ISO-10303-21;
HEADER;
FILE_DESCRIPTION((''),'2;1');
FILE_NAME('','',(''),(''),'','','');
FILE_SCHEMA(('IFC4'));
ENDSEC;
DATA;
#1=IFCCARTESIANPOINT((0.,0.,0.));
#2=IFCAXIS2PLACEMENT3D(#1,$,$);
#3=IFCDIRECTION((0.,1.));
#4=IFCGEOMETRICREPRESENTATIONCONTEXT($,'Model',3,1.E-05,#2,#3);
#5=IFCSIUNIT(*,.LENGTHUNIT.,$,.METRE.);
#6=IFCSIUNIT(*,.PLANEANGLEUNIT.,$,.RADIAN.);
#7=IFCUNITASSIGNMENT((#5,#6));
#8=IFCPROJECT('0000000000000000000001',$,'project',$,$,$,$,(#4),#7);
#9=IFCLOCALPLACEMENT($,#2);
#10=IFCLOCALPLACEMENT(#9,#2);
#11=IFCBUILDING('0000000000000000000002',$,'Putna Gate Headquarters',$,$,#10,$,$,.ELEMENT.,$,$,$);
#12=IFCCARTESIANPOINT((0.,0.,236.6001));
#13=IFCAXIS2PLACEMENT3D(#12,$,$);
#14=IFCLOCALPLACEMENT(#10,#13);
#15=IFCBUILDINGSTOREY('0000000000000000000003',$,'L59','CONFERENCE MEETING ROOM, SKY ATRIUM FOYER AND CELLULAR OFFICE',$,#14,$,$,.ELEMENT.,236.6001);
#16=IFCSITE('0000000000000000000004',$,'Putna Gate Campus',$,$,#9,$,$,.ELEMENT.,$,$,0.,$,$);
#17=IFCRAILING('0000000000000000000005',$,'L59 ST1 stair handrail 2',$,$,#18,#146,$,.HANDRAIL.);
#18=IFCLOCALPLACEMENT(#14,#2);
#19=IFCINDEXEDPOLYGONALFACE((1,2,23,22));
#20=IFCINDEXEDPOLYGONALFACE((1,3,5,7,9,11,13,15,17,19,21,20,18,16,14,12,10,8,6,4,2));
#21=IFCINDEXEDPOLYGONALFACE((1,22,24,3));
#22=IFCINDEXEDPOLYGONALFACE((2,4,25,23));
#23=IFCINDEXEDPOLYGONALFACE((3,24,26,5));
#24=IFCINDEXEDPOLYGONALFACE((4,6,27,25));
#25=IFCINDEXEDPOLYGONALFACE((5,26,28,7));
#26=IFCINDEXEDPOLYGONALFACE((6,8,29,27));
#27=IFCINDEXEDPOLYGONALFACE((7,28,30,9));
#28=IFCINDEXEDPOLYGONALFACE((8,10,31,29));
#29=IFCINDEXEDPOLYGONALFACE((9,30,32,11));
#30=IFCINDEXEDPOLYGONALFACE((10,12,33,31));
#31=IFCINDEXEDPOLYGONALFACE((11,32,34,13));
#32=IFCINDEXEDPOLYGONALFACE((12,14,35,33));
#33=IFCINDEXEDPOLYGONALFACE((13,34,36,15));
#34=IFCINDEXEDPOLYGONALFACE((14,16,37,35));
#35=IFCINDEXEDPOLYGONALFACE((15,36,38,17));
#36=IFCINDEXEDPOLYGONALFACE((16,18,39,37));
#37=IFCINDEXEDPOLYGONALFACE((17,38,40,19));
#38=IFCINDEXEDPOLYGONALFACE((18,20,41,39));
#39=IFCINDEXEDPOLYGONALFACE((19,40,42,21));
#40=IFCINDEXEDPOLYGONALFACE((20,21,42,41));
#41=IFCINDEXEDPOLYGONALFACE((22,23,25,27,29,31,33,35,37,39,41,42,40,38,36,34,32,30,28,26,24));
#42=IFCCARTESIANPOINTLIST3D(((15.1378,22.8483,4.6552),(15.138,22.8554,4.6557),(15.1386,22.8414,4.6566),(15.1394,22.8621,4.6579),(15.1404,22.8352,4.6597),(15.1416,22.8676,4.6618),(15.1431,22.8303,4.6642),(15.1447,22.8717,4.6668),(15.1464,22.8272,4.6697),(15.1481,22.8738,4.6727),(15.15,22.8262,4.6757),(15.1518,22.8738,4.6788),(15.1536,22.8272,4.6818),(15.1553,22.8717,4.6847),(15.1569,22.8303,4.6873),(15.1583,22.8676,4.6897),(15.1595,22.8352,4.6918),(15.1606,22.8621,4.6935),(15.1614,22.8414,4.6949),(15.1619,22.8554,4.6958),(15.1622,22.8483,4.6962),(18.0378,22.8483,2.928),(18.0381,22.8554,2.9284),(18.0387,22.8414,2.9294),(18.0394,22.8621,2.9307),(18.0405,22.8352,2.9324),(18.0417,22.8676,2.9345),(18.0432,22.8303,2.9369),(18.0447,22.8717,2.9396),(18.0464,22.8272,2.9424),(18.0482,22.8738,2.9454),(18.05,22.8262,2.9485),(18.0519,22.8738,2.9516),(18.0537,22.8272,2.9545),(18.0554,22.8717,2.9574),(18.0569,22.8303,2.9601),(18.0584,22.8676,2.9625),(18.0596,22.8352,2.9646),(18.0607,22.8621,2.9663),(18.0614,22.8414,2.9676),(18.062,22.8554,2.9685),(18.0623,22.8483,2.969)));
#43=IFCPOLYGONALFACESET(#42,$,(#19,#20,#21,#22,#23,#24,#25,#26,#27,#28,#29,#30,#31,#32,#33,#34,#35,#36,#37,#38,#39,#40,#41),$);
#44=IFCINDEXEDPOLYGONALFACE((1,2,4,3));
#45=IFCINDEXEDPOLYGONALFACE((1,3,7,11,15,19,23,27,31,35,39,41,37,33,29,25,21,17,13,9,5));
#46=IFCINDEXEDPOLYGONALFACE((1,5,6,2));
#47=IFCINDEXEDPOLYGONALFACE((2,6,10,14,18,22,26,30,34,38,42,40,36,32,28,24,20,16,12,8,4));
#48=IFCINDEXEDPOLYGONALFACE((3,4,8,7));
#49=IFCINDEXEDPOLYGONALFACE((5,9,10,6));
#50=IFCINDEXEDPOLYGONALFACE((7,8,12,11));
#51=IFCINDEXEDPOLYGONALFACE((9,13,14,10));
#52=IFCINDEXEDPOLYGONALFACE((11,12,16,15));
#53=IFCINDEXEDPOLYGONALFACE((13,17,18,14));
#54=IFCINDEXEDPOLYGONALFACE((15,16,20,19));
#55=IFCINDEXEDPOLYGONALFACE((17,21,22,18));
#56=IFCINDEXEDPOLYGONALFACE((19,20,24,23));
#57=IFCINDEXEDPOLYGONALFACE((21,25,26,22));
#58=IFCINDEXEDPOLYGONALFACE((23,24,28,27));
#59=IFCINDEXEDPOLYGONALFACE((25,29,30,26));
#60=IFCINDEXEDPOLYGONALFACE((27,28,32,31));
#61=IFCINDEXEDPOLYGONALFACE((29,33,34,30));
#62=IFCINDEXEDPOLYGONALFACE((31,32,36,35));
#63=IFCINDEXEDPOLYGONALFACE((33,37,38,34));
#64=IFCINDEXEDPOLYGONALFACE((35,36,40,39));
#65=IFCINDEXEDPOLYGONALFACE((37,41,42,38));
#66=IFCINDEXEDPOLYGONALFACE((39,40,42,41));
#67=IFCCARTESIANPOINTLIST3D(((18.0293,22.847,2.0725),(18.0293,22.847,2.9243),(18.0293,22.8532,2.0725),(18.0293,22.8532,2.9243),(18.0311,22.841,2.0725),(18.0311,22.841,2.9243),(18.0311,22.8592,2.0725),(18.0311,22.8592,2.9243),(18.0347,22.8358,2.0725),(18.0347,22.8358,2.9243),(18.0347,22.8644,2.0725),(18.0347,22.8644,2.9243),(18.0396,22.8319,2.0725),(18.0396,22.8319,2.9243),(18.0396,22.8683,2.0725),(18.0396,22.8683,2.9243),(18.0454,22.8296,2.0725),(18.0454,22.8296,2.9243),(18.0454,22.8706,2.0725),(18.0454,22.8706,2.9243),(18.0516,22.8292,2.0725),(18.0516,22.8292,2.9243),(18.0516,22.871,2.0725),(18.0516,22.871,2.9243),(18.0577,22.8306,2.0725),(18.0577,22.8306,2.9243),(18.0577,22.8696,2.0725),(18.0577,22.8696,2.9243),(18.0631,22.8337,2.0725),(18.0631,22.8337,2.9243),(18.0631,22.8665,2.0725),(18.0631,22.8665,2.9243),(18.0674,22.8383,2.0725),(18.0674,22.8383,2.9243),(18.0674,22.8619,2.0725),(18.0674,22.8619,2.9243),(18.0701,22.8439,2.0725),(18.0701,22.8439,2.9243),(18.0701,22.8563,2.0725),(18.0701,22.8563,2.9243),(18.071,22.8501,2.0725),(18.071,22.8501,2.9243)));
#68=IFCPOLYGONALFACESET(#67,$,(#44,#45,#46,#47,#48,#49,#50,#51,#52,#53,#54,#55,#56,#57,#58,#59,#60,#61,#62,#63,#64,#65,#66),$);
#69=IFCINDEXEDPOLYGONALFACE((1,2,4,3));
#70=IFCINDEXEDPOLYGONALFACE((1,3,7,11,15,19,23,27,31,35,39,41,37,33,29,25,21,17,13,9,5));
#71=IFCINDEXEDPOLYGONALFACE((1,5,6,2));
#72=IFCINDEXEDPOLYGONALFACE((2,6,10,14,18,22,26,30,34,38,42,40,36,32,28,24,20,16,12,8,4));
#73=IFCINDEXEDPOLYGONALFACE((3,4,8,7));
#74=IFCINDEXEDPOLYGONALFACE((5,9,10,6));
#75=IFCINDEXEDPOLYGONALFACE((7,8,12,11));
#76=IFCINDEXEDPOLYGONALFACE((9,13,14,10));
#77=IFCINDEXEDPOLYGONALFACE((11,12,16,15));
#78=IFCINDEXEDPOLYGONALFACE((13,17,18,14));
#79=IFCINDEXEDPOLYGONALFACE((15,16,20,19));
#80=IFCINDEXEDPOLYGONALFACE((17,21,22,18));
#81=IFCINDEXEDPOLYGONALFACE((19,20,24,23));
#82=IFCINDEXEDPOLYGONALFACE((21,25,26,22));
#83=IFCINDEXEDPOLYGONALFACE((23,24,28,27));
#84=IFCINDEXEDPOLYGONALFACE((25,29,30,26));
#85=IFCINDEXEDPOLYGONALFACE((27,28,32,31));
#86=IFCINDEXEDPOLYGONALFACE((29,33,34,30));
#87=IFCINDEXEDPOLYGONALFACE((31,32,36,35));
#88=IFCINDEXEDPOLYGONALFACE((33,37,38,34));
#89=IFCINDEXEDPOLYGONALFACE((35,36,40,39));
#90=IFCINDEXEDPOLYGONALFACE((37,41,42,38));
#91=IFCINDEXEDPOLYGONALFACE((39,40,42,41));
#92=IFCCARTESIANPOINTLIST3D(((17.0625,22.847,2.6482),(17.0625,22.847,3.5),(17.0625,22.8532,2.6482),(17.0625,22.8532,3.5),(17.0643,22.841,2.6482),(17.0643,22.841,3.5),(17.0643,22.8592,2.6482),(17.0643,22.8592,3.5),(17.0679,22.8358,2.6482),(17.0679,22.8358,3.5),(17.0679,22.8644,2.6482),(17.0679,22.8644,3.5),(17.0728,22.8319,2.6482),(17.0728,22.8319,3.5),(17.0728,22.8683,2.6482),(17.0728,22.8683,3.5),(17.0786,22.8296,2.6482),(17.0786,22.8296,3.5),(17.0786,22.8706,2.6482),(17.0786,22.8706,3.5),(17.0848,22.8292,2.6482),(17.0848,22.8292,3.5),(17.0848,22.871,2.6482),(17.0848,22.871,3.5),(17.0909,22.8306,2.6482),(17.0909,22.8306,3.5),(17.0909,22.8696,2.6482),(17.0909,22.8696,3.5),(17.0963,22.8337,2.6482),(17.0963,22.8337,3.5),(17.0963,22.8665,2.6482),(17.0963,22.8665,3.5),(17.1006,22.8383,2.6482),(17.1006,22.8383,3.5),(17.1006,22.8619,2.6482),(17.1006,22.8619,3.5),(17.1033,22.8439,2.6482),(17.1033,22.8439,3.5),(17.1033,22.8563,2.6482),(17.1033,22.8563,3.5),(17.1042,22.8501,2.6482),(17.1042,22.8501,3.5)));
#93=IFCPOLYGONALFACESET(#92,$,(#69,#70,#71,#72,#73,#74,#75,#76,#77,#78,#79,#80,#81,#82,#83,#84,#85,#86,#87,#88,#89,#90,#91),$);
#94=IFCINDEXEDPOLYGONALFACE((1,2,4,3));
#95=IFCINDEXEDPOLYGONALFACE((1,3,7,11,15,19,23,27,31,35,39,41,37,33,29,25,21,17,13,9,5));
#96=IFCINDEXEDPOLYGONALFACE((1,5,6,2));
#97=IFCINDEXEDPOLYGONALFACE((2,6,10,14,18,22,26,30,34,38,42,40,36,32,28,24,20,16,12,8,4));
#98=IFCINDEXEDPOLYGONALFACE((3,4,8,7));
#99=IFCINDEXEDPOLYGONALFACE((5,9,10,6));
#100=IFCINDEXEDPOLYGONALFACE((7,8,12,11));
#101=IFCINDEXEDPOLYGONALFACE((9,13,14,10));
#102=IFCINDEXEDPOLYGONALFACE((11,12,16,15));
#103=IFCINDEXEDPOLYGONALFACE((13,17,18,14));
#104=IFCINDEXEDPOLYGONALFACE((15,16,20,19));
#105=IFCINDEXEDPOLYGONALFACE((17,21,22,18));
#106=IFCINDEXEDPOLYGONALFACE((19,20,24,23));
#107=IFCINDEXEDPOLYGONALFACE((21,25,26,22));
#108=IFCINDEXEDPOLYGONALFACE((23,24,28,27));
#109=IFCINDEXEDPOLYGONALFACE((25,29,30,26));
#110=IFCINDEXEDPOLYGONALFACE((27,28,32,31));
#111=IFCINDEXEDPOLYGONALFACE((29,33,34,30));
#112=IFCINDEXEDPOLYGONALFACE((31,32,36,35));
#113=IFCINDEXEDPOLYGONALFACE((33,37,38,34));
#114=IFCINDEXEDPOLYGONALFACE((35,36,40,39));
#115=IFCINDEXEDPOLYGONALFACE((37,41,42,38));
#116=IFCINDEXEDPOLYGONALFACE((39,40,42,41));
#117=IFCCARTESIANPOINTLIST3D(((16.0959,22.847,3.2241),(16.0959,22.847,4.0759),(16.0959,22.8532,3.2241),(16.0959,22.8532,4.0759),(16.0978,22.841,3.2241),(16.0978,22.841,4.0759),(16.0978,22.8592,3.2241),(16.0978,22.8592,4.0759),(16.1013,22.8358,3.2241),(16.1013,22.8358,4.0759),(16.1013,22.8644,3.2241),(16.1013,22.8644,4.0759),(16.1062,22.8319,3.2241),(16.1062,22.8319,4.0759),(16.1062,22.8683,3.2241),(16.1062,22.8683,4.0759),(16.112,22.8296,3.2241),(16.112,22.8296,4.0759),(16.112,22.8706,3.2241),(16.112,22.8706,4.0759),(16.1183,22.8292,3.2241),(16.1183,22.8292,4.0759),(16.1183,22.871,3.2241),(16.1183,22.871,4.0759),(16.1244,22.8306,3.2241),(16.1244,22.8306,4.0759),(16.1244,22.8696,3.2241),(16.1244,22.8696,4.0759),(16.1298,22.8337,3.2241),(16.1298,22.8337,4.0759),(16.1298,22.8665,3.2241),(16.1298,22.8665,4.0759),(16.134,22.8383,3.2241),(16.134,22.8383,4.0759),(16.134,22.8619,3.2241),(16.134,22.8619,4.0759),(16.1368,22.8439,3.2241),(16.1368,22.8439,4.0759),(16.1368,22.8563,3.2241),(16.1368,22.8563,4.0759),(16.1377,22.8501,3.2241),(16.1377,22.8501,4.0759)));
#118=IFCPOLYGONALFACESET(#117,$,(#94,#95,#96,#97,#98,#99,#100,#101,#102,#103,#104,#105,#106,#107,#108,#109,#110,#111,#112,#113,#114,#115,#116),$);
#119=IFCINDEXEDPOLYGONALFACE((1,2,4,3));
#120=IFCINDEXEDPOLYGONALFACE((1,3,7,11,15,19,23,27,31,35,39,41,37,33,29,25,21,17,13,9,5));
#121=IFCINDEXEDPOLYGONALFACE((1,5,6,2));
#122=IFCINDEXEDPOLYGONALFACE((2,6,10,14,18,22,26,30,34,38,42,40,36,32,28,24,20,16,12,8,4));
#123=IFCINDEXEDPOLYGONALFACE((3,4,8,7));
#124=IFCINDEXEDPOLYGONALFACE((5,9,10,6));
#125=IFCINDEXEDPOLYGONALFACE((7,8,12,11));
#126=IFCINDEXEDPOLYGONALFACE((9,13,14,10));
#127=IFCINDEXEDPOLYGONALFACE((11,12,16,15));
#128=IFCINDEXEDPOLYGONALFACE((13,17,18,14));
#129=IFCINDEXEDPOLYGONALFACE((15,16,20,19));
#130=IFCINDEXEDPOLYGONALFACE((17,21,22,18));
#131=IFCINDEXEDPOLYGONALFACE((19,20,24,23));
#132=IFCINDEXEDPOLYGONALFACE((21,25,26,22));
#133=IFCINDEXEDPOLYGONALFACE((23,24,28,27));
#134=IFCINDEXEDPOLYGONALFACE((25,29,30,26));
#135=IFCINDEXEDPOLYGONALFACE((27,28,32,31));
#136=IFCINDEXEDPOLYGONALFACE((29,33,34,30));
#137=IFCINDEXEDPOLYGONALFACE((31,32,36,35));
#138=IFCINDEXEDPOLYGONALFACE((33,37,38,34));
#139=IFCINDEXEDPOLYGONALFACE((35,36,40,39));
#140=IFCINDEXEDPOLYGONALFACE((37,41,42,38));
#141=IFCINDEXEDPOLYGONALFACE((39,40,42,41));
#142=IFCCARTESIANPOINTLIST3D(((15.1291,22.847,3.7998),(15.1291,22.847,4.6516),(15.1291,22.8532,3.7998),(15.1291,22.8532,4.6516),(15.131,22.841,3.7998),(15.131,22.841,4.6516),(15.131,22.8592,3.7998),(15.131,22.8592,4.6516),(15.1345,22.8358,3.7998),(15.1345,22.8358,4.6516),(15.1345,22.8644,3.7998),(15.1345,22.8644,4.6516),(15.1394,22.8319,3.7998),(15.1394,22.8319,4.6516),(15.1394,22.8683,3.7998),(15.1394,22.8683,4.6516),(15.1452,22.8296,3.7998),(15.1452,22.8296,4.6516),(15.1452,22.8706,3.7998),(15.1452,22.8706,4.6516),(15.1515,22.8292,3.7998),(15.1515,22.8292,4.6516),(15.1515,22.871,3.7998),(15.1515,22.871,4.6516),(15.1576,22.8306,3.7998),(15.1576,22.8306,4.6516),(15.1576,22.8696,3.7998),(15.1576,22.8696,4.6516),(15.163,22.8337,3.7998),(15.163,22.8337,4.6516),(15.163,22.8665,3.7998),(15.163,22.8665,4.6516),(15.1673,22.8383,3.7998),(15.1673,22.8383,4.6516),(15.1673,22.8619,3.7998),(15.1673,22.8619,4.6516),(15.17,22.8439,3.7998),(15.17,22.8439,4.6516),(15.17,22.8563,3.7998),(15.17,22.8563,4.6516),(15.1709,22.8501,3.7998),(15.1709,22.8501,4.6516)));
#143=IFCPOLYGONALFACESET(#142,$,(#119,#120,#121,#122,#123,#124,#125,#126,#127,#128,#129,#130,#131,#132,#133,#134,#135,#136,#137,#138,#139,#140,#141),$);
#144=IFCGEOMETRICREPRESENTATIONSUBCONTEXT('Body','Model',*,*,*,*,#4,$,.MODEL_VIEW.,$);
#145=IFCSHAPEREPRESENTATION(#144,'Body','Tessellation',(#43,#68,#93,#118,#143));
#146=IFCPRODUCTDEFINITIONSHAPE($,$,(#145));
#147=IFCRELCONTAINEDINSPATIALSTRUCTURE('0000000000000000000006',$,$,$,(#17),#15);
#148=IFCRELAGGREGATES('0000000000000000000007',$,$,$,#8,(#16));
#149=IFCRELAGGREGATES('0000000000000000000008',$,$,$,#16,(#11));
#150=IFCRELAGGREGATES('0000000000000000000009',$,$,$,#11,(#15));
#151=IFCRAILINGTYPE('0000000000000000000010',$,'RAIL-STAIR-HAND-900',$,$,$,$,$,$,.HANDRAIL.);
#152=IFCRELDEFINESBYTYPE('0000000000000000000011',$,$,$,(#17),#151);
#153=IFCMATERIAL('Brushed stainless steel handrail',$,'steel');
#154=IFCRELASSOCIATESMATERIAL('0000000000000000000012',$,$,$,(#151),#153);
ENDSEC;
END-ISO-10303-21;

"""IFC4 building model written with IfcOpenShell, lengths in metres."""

from ifc_helpers import new_model, si_unit, direction, frame, origin, origin_2d, place, context, subcontext, project, spatial, circle, extrude, material, type_object, element, save


model = new_model("IFC4")

# Units and contexts
model_context = context("Model", 3, precision=1e-05, world=origin(), true_north=direction((0.0, 1.0)))
body_context = subcontext(model_context, "Body", "Model", "MODEL_VIEW")
ifc_project = project(units=[si_unit("LENGTHUNIT", "METRE"), si_unit("PLANEANGLEUNIT", "RADIAN")], contexts=[model_context])

# Site, building, storey
site_placement = place(None, origin())
site = spatial("IfcSite", under=ifc_project, at=site_placement, Name="Putna Gate Campus", CompositionType="ELEMENT", RefElevation=0.0)
building_placement = place(site_placement, origin())
building = spatial("IfcBuilding", under=site, at=building_placement, Name="Putna Gate Headquarters", CompositionType="ELEMENT")
storey_placement = place(building_placement, frame((0.0, 0.0, 236.6001)))
storey = spatial("IfcBuildingStorey", under=building, at=storey_placement, Name="L59", Description="CONFERENCE MEETING ROOM, SKY ATRIUM FOYER AND CELLULAR OFFICE", CompositionType="ELEMENT", Elevation=236.6001)

# Railing
ifc_material_1 = material(Name="Brushed stainless steel handrail", Category="steel")
railing_type_1 = type_object("IfcRailingType", Name="RAIL-STAIR-HAND-900", PredefinedType="HANDRAIL", material=ifc_material_1)
railing_1_placement = place(storey_placement, frame((18.05, 22.8501, 2.0725)))
element("IfcRailing", 1, at=railing_1_placement, inside=storey, type_object=railing_type_1, Name="L59 ST1 stair handrail 2", PredefinedType="HANDRAIL", context=body_context, shape_type="SweptSolid", body=[
    extrude(circle(Radius=0.0239, at=origin_2d()), frame((0.0, 0.0, 0.876), z_axis=(-0.85916, 0.0, 0.511706), x_axis=(0.0, -1.0, 0.0)), (0.0, 0.0, 1.0), 3.3755),
    extrude(circle(Radius=0.021, at=origin_2d()), origin(), (0.0, 0.0, 1.0), 0.8518),
    extrude(circle(Radius=0.021, at=origin_2d()), frame((-0.9668, 0.0, 0.5757)), (0.0, 0.0, 1.0), 0.8518),
    extrude(circle(Radius=0.021, at=origin_2d()), frame((-1.9333, 0.0, 1.1516)), (0.0, 0.0, 1.0), 0.8518),
    extrude(circle(Radius=0.021, at=origin_2d()), frame((-2.9001, 0.0, 1.7273)), (0.0, 0.0, 1.0), 0.8518),
])

save(model, "model.ifc")
